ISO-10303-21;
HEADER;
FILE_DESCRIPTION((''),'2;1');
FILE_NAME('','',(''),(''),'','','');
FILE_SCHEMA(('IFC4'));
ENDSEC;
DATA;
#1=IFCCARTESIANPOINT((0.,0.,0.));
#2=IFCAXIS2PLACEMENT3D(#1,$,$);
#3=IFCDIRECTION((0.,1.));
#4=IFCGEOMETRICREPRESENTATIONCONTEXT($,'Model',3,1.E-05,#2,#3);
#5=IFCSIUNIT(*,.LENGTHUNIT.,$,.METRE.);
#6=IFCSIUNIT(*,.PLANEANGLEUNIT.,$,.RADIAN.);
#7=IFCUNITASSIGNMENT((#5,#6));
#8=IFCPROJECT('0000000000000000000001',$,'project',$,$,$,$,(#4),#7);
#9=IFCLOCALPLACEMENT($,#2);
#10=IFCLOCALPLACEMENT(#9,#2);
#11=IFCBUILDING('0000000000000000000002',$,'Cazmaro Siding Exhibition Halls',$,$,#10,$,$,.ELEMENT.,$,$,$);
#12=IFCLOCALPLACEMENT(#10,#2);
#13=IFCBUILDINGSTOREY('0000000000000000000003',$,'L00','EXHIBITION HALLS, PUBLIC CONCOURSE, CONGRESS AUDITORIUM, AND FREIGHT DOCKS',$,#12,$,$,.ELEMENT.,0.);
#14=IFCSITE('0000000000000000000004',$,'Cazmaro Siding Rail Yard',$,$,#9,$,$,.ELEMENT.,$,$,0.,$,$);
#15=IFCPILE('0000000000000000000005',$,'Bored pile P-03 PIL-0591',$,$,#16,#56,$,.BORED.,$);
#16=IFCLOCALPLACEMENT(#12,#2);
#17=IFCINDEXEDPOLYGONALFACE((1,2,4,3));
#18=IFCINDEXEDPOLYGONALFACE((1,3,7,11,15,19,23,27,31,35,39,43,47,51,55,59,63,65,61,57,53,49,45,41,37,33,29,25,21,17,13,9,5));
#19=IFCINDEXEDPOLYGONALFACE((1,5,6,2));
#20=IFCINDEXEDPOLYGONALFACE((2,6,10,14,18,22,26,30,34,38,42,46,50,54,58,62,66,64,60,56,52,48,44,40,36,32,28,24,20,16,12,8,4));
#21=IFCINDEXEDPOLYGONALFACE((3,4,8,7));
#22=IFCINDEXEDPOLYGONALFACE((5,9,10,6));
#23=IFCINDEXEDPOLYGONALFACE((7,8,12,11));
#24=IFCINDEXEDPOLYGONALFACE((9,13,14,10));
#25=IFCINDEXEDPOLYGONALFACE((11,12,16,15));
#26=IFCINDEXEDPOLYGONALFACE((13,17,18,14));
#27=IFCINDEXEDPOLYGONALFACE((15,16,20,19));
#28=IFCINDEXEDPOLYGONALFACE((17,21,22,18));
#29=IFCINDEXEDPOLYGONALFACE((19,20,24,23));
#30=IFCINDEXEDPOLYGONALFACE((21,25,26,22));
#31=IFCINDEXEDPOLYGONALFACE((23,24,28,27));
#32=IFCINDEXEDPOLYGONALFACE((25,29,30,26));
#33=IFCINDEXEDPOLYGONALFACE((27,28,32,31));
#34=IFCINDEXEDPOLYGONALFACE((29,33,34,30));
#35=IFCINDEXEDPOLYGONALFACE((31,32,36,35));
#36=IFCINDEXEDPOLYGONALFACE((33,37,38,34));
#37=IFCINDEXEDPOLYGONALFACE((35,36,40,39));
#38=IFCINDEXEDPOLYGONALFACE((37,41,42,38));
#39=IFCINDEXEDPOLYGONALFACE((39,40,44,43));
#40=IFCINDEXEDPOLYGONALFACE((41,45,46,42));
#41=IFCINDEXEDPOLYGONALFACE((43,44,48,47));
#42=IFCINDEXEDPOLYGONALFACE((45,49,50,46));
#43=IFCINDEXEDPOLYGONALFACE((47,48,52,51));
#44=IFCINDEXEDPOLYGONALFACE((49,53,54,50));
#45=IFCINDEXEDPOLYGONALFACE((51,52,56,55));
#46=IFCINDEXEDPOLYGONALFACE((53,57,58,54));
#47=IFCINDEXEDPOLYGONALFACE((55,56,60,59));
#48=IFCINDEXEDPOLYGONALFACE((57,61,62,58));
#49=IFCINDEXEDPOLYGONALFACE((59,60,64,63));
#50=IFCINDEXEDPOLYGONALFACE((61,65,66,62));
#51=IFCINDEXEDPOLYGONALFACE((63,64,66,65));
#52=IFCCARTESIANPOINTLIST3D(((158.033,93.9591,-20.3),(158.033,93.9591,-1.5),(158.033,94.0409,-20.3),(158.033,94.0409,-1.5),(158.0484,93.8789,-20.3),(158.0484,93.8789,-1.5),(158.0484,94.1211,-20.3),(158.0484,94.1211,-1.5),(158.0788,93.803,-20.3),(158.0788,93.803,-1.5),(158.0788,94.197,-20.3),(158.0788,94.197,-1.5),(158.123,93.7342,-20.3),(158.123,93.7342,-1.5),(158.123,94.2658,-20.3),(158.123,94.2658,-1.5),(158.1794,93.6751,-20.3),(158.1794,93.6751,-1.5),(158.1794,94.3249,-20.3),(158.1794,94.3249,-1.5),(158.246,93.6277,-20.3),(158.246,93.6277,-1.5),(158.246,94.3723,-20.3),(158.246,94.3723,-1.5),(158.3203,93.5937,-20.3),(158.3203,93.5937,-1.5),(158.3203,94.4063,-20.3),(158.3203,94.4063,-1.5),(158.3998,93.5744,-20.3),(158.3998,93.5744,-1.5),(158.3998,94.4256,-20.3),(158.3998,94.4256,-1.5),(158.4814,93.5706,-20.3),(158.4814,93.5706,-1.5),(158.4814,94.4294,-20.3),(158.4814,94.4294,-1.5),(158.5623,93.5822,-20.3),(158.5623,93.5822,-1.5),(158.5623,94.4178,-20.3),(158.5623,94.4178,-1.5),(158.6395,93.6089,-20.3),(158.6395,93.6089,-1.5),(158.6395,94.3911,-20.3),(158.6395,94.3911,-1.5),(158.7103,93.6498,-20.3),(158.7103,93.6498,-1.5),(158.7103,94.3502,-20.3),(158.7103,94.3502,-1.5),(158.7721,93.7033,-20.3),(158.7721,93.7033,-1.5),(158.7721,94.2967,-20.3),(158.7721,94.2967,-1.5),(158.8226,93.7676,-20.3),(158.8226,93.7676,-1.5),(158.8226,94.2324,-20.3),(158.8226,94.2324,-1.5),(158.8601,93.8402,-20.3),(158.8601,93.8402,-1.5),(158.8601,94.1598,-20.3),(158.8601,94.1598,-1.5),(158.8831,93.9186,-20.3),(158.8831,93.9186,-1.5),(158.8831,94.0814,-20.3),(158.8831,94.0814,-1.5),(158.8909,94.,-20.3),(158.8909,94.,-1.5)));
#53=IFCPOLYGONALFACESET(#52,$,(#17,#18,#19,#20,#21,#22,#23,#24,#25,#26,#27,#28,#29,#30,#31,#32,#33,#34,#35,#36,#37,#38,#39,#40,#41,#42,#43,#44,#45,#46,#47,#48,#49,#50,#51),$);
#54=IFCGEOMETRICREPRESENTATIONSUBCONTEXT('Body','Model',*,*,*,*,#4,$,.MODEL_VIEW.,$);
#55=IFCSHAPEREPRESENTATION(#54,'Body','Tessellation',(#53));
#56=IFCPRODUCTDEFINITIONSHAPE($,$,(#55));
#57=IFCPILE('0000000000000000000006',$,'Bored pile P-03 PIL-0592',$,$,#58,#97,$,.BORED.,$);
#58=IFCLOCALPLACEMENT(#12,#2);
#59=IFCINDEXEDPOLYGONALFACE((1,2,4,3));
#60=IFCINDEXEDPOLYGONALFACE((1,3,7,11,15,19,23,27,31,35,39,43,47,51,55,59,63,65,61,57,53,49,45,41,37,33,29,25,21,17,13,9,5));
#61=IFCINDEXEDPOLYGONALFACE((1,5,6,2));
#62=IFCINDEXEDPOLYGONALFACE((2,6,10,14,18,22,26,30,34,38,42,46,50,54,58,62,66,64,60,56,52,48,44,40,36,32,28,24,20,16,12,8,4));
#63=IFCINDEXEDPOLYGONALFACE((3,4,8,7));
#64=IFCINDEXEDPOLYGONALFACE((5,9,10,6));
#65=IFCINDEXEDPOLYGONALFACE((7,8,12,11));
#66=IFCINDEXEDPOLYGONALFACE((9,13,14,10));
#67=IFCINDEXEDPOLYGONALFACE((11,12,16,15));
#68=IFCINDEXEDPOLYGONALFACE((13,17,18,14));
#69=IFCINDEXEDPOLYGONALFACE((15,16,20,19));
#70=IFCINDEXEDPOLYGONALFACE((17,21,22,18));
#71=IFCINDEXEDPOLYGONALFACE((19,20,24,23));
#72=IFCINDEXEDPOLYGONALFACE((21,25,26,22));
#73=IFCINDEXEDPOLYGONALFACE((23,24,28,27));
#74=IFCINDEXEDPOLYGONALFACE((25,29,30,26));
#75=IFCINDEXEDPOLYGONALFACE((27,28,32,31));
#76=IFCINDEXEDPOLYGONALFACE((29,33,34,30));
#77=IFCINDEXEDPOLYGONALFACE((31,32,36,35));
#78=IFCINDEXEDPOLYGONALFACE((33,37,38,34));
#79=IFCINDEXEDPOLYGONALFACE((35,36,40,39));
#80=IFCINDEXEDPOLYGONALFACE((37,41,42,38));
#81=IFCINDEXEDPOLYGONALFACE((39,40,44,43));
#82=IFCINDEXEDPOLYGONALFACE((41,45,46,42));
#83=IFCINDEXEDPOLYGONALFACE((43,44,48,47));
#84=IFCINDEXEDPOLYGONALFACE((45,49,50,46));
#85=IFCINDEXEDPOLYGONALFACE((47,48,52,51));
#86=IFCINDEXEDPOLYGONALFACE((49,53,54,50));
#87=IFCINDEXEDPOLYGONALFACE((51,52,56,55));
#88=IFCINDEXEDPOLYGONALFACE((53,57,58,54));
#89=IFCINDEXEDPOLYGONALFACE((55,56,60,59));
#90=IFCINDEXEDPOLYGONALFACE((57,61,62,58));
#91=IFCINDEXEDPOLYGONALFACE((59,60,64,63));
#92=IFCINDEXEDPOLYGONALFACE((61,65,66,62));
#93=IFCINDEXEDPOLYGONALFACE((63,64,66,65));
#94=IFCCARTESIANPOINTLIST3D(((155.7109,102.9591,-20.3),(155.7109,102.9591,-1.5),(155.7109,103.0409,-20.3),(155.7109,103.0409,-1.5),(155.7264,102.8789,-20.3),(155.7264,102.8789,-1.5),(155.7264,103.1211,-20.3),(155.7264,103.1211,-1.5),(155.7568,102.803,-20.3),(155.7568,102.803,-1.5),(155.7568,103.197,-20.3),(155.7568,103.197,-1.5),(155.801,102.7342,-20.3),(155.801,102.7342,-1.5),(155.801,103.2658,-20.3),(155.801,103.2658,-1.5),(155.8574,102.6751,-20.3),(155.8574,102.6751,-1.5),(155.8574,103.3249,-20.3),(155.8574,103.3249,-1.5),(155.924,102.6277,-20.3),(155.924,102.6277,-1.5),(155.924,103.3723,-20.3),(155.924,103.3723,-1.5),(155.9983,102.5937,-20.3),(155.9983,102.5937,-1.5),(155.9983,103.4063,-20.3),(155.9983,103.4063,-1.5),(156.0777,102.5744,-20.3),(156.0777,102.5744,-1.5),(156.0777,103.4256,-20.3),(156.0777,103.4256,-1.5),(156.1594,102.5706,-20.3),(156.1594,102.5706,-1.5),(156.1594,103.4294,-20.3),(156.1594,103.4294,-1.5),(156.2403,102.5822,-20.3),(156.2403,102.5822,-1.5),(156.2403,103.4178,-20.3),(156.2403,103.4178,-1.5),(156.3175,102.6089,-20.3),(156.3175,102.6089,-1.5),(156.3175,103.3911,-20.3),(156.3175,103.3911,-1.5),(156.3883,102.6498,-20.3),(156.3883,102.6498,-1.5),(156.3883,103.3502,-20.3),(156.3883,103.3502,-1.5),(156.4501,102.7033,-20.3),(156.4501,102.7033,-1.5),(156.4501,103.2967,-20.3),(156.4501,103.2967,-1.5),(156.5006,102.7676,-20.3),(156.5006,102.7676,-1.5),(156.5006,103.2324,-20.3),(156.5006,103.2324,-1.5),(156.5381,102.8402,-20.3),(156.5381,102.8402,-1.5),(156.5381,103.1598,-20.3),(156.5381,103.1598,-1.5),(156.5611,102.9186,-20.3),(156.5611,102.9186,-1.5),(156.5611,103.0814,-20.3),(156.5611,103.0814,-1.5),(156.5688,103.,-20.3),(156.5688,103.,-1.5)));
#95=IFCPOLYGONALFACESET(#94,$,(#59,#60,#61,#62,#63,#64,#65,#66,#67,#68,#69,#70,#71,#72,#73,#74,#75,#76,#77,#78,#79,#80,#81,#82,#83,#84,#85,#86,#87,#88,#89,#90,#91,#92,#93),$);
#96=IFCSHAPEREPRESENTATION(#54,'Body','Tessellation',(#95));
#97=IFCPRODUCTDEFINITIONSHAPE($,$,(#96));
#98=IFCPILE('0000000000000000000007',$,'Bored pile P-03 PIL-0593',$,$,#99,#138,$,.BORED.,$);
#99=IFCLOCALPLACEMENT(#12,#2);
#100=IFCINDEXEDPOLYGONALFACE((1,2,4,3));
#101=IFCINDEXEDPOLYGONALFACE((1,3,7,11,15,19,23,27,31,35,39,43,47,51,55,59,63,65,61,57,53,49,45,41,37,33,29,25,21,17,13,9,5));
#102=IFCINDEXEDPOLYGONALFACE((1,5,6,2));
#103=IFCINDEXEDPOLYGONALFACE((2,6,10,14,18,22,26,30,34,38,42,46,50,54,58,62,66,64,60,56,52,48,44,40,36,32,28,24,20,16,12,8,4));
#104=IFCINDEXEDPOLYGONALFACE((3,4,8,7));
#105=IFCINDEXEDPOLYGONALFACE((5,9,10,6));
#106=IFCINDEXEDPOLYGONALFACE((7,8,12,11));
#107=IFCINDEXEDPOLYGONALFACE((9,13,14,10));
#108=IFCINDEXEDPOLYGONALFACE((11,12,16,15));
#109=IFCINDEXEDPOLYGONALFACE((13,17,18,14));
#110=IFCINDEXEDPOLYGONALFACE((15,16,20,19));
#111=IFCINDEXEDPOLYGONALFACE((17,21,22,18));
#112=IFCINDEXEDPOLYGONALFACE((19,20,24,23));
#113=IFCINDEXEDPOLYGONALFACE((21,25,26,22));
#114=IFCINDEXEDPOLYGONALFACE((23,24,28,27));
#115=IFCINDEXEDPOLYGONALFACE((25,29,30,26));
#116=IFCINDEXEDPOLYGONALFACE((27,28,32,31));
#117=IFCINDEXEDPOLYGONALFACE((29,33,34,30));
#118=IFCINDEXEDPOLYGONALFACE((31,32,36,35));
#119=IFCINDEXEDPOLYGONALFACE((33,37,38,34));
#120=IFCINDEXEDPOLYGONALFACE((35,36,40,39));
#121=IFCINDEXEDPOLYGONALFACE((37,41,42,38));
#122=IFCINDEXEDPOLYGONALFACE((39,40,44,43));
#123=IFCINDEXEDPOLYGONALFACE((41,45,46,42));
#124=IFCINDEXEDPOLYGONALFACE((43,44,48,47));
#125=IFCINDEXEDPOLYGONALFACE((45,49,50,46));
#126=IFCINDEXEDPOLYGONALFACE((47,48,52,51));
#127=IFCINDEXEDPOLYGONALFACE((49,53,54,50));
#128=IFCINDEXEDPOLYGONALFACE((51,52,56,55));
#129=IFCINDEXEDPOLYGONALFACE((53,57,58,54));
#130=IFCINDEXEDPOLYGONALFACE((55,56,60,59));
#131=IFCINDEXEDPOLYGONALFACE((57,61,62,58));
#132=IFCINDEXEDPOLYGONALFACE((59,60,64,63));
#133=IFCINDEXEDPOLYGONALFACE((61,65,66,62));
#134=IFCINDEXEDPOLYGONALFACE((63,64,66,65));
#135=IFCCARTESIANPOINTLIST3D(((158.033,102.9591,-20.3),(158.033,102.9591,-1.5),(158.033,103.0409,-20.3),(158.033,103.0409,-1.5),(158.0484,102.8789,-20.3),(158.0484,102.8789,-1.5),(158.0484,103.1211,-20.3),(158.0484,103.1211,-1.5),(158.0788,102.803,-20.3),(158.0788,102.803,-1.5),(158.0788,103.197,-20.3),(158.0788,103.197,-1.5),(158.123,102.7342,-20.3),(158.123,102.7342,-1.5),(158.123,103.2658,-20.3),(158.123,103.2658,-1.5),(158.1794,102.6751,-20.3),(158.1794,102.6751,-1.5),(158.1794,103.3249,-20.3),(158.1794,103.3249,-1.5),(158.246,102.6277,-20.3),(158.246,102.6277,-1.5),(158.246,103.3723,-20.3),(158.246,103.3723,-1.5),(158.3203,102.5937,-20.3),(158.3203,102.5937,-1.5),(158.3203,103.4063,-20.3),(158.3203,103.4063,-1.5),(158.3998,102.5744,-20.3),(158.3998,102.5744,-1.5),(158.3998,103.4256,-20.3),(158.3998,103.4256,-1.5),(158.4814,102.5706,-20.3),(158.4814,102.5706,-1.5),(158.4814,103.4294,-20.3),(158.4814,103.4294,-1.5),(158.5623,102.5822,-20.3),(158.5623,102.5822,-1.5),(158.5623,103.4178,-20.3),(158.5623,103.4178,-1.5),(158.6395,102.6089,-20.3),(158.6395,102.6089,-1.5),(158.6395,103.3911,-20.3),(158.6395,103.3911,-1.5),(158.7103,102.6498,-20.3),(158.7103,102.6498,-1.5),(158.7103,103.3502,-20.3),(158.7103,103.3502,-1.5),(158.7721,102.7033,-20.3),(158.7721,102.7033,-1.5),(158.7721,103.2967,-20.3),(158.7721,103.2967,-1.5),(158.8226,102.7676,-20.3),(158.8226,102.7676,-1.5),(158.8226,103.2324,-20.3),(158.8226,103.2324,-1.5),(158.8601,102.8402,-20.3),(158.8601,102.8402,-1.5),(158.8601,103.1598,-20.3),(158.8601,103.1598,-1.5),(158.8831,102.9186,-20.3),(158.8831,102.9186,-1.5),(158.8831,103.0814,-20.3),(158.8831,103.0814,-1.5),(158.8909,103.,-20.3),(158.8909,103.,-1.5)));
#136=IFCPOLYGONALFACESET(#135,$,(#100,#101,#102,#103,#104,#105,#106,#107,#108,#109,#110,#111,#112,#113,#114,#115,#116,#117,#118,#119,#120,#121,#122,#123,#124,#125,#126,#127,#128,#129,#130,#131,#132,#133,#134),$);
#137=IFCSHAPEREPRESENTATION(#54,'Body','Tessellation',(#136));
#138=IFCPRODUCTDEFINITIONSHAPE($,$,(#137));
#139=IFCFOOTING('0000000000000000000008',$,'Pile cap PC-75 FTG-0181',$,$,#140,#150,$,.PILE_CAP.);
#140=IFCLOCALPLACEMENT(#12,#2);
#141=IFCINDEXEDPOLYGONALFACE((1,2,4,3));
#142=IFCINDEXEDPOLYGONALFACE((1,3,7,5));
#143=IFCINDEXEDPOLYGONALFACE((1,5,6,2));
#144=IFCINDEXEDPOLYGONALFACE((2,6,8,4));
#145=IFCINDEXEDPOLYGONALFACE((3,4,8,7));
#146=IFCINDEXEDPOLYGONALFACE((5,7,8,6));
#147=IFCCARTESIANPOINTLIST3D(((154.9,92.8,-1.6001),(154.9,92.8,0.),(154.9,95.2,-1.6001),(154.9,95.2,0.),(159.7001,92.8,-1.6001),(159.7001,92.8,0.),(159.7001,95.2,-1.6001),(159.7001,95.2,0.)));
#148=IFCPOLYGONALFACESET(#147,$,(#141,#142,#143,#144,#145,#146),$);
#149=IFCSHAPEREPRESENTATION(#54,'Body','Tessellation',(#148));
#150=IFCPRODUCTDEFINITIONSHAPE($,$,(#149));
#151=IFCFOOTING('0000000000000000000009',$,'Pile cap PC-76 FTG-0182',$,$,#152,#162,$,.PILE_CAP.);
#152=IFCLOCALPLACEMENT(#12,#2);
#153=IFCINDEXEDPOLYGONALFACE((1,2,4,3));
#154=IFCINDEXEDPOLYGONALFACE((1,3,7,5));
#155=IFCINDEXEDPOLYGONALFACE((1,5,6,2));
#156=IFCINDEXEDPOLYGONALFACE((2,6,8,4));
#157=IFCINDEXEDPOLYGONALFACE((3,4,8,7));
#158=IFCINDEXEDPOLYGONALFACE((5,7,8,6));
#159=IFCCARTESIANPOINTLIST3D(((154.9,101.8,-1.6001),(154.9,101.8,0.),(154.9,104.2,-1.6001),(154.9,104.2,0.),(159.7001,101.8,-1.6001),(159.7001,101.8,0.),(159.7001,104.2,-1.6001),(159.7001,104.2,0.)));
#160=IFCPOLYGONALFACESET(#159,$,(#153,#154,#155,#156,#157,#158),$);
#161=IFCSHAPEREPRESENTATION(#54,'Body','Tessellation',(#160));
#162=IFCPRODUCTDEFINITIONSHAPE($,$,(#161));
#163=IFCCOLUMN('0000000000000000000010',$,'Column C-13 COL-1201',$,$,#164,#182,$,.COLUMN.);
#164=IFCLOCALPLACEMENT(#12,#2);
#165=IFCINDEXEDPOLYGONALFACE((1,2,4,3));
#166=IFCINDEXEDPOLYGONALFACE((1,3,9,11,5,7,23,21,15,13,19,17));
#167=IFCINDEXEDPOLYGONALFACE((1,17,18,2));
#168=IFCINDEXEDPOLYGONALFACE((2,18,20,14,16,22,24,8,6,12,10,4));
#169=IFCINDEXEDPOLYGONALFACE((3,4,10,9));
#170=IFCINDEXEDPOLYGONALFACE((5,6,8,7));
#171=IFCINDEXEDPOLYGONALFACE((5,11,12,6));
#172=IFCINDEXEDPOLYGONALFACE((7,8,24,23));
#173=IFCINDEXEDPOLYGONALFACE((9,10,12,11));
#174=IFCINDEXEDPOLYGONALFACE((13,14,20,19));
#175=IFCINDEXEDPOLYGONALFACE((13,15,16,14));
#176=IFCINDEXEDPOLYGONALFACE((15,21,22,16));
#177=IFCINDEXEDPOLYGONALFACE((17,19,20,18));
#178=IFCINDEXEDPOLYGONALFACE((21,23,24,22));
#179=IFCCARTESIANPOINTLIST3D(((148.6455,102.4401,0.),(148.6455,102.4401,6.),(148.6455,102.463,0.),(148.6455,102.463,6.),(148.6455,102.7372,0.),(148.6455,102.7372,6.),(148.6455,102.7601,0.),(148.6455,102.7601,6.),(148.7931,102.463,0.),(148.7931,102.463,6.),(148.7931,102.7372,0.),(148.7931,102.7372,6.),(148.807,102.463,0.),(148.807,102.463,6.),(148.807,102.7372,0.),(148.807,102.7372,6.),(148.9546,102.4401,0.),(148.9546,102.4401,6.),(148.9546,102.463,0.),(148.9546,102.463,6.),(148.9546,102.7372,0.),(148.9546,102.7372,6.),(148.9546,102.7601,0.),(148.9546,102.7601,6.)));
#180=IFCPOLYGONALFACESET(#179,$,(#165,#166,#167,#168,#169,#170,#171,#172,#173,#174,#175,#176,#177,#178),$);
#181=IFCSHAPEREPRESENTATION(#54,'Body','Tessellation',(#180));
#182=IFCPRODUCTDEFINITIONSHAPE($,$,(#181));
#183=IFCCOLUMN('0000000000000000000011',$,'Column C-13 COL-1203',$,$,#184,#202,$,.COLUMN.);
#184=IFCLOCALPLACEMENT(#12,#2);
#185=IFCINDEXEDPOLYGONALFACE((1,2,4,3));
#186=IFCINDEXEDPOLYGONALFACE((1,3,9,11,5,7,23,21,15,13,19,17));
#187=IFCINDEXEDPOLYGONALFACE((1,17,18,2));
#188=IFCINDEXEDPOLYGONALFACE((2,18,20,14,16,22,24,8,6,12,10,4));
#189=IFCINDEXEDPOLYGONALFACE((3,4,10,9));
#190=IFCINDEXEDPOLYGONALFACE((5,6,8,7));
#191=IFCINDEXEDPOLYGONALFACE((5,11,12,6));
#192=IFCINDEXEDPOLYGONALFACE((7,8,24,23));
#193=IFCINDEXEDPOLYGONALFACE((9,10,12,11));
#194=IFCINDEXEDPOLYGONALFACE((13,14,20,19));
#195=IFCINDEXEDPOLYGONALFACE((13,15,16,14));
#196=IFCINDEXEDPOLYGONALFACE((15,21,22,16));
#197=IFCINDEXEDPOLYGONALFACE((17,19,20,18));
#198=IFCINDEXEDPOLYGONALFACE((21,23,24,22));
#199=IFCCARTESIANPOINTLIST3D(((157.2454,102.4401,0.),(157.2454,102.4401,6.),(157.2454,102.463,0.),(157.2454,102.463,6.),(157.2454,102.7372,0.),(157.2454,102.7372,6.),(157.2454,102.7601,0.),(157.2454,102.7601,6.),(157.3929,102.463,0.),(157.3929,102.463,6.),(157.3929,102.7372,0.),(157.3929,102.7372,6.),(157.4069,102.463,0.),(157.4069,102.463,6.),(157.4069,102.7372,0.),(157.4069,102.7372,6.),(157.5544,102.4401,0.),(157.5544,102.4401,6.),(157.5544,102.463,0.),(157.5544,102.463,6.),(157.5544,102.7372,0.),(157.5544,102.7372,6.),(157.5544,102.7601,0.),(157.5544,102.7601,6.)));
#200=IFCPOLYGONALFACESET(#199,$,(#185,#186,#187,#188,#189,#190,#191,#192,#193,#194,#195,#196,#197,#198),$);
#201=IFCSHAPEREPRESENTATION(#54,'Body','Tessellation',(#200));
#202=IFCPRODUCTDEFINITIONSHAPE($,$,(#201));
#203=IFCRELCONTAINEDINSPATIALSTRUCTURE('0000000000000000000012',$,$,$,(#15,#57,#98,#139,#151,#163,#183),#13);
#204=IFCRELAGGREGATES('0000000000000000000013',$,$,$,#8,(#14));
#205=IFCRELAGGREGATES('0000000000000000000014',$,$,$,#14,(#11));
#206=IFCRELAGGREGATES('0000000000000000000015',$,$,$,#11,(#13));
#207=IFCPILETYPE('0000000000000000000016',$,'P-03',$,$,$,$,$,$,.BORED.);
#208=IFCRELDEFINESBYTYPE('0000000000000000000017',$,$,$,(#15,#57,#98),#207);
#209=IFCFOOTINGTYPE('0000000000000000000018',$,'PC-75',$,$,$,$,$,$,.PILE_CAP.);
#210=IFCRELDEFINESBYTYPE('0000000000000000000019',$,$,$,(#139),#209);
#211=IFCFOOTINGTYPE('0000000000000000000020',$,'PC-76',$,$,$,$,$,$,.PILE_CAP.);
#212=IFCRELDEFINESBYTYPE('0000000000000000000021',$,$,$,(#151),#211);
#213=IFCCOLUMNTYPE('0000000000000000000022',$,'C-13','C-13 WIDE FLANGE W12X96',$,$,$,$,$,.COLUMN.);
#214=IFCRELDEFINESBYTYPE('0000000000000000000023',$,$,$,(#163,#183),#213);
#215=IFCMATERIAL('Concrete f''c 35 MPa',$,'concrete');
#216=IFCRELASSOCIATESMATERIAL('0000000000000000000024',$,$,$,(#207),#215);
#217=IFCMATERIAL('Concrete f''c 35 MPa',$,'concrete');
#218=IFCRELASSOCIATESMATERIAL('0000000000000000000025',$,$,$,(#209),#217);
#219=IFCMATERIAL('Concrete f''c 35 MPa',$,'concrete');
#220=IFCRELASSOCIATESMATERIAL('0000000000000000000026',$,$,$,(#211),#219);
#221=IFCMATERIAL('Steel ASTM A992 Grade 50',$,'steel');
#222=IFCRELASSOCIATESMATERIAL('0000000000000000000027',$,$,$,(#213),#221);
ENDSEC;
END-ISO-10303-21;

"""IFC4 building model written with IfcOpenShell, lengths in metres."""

from ifc_helpers import new_model, si_unit, direction, frame, origin, origin_2d, place, context, subcontext, project, spatial, rectangle, circle, i_section, extrude, material, material_profile, profile_set, type_object, element, save


model = new_model("IFC4")

# Units and contexts
model_context = context("Model", 3, precision=1e-05, world=origin(), true_north=direction((0.0, 1.0)))
body_context = subcontext(model_context, "Body", "Model", "MODEL_VIEW")
ifc_project = project(units=[si_unit("LENGTHUNIT", "METRE"), si_unit("PLANEANGLEUNIT", "RADIAN")], contexts=[model_context])

# Site, building, storey
site_placement = place(None, origin())
site = spatial("IfcSite", under=ifc_project, at=site_placement, Name="Cazmaro Siding Rail Yard", CompositionType="ELEMENT", RefElevation=0.0)
building_placement = place(site_placement, origin())
building = spatial("IfcBuilding", under=site, at=building_placement, Name="Cazmaro Siding Exhibition Halls", CompositionType="ELEMENT")
storey_placement = place(building_placement, origin())
storey = spatial("IfcBuildingStorey", under=building, at=storey_placement, Name="L00", Description="EXHIBITION HALLS, PUBLIC CONCOURSE, CONGRESS AUDITORIUM, AND FREIGHT DOCKS", CompositionType="ELEMENT", Elevation=0.0)

# Piles
ifc_material_1 = material(Name="Concrete f'c 35 MPa", Category="concrete")
ifc_material_profile_1 = material_profile(ifc_material_1, circle(Radius=0.4299, at=origin_2d()), Name="CIDH-860")
ifc_profile_set_1 = profile_set([ifc_material_profile_1], Name="Concrete f'c 35 MPa")
pile_type = type_object("IfcPileType", Name="P-03", PredefinedType="BORED", material=ifc_profile_set_1)
for number, where, z_axis, x_axis, name in (
    (1, (158.4609, 94.0, -1.5), (0.0, 0.0, -1.0), (1.0, 0.0, 0.0), "Bored pile P-03 PIL-0591"),
    (2, (156.1389, 103.0, -1.5), (0.0, 0.0, -1.0), (1.0, 0.0, 0.0), "Bored pile P-03 PIL-0592"),
    (3, (158.4609, 103.0, -1.5), (0.0, 0.0, -1.0), (1.0, 0.0, 0.0), "Bored pile P-03 PIL-0593"),
):
    element("IfcPile", number, at=place(storey_placement, frame(where, z_axis=z_axis, x_axis=x_axis)), inside=storey, type_object=pile_type, Name=name, PredefinedType="BORED", context=body_context, shape_type="SweptSolid", body=[
        extrude(circle(Radius=0.4299, at=origin_2d()), origin(), (0.0, 0.0, 1.0), 18.8),
    ])

# Footings
ifc_material_2 = material(Name="Concrete f'c 35 MPa", Category="concrete")
footing_type_1 = type_object("IfcFootingType", Name="PC-75", PredefinedType="PILE_CAP", material=ifc_material_2)
footing_1_placement = place(storey_placement, frame((157.3, 94.0, -1.6001), z_axis=(0.0, 0.0, 1.0), x_axis=(1.0, 0.0, 0.0)))
element("IfcFooting", 4, at=footing_1_placement, inside=storey, type_object=footing_type_1, Name="Pile cap PC-75 FTG-0181", PredefinedType="PILE_CAP", context=body_context, shape_type="SweptSolid", body=[
    extrude(rectangle(XDim=4.8, YDim=2.3999, at=origin_2d()), origin(), (0.0, 0.0, 1.0), 1.6001),
])
ifc_material_3 = material(Name="Concrete f'c 35 MPa", Category="concrete")
footing_type_2 = type_object("IfcFootingType", Name="PC-76", PredefinedType="PILE_CAP", material=ifc_material_3)
footing_2_placement = place(storey_placement, frame((157.3, 103.0, -1.6001), z_axis=(0.0, 0.0, 1.0), x_axis=(1.0, 0.0, 0.0)))
element("IfcFooting", 5, at=footing_2_placement, inside=storey, type_object=footing_type_2, Name="Pile cap PC-76 FTG-0182", PredefinedType="PILE_CAP", context=body_context, shape_type="SweptSolid", body=[
    extrude(rectangle(XDim=4.8, YDim=2.3999, at=origin_2d()), origin(), (0.0, 0.0, 1.0), 1.6001),
])

# Columns
ifc_material_4 = material(Name="Steel ASTM A992 Grade 50", Category="steel")
ifc_material_profile_2 = material_profile(ifc_material_4, i_section(OverallWidth=0.3091, OverallDepth=0.3201, WebThickness=0.0139, FlangeThickness=0.0229, at=origin_2d()), Name="W12X96")
ifc_profile_set_2 = profile_set([ifc_material_profile_2], Name="Steel ASTM A992 Grade 50")
column_type_1 = type_object("IfcColumnType", Name="C-13", Description="C-13 WIDE FLANGE W12X96", PredefinedType="COLUMN", material=ifc_profile_set_2)
for number, where, z_axis, x_axis, name in (
    (6, (148.8, 102.6001, 0.0), (0.0, 0.0, 1.0), (1.0, 0.0, 0.0), "Column C-13 COL-1201"),
    (7, (157.3999, 102.6001, 0.0), (0.0, 0.0, 1.0), (1.0, 0.0, 0.0), "Column C-13 COL-1203"),
):
    element("IfcColumn", number, at=place(storey_placement, frame(where, z_axis=z_axis, x_axis=x_axis)), inside=storey, type_object=column_type_1, Name=name, PredefinedType="COLUMN", context=body_context, shape_type="SweptSolid", body=[
        extrude(i_section(OverallWidth=0.3091, OverallDepth=0.3201, WebThickness=0.0139, FlangeThickness=0.0229, at=origin_2d()), origin(), (0.0, 0.0, 1.0), 6.0),
    ])

save(model, "model.ifc")
